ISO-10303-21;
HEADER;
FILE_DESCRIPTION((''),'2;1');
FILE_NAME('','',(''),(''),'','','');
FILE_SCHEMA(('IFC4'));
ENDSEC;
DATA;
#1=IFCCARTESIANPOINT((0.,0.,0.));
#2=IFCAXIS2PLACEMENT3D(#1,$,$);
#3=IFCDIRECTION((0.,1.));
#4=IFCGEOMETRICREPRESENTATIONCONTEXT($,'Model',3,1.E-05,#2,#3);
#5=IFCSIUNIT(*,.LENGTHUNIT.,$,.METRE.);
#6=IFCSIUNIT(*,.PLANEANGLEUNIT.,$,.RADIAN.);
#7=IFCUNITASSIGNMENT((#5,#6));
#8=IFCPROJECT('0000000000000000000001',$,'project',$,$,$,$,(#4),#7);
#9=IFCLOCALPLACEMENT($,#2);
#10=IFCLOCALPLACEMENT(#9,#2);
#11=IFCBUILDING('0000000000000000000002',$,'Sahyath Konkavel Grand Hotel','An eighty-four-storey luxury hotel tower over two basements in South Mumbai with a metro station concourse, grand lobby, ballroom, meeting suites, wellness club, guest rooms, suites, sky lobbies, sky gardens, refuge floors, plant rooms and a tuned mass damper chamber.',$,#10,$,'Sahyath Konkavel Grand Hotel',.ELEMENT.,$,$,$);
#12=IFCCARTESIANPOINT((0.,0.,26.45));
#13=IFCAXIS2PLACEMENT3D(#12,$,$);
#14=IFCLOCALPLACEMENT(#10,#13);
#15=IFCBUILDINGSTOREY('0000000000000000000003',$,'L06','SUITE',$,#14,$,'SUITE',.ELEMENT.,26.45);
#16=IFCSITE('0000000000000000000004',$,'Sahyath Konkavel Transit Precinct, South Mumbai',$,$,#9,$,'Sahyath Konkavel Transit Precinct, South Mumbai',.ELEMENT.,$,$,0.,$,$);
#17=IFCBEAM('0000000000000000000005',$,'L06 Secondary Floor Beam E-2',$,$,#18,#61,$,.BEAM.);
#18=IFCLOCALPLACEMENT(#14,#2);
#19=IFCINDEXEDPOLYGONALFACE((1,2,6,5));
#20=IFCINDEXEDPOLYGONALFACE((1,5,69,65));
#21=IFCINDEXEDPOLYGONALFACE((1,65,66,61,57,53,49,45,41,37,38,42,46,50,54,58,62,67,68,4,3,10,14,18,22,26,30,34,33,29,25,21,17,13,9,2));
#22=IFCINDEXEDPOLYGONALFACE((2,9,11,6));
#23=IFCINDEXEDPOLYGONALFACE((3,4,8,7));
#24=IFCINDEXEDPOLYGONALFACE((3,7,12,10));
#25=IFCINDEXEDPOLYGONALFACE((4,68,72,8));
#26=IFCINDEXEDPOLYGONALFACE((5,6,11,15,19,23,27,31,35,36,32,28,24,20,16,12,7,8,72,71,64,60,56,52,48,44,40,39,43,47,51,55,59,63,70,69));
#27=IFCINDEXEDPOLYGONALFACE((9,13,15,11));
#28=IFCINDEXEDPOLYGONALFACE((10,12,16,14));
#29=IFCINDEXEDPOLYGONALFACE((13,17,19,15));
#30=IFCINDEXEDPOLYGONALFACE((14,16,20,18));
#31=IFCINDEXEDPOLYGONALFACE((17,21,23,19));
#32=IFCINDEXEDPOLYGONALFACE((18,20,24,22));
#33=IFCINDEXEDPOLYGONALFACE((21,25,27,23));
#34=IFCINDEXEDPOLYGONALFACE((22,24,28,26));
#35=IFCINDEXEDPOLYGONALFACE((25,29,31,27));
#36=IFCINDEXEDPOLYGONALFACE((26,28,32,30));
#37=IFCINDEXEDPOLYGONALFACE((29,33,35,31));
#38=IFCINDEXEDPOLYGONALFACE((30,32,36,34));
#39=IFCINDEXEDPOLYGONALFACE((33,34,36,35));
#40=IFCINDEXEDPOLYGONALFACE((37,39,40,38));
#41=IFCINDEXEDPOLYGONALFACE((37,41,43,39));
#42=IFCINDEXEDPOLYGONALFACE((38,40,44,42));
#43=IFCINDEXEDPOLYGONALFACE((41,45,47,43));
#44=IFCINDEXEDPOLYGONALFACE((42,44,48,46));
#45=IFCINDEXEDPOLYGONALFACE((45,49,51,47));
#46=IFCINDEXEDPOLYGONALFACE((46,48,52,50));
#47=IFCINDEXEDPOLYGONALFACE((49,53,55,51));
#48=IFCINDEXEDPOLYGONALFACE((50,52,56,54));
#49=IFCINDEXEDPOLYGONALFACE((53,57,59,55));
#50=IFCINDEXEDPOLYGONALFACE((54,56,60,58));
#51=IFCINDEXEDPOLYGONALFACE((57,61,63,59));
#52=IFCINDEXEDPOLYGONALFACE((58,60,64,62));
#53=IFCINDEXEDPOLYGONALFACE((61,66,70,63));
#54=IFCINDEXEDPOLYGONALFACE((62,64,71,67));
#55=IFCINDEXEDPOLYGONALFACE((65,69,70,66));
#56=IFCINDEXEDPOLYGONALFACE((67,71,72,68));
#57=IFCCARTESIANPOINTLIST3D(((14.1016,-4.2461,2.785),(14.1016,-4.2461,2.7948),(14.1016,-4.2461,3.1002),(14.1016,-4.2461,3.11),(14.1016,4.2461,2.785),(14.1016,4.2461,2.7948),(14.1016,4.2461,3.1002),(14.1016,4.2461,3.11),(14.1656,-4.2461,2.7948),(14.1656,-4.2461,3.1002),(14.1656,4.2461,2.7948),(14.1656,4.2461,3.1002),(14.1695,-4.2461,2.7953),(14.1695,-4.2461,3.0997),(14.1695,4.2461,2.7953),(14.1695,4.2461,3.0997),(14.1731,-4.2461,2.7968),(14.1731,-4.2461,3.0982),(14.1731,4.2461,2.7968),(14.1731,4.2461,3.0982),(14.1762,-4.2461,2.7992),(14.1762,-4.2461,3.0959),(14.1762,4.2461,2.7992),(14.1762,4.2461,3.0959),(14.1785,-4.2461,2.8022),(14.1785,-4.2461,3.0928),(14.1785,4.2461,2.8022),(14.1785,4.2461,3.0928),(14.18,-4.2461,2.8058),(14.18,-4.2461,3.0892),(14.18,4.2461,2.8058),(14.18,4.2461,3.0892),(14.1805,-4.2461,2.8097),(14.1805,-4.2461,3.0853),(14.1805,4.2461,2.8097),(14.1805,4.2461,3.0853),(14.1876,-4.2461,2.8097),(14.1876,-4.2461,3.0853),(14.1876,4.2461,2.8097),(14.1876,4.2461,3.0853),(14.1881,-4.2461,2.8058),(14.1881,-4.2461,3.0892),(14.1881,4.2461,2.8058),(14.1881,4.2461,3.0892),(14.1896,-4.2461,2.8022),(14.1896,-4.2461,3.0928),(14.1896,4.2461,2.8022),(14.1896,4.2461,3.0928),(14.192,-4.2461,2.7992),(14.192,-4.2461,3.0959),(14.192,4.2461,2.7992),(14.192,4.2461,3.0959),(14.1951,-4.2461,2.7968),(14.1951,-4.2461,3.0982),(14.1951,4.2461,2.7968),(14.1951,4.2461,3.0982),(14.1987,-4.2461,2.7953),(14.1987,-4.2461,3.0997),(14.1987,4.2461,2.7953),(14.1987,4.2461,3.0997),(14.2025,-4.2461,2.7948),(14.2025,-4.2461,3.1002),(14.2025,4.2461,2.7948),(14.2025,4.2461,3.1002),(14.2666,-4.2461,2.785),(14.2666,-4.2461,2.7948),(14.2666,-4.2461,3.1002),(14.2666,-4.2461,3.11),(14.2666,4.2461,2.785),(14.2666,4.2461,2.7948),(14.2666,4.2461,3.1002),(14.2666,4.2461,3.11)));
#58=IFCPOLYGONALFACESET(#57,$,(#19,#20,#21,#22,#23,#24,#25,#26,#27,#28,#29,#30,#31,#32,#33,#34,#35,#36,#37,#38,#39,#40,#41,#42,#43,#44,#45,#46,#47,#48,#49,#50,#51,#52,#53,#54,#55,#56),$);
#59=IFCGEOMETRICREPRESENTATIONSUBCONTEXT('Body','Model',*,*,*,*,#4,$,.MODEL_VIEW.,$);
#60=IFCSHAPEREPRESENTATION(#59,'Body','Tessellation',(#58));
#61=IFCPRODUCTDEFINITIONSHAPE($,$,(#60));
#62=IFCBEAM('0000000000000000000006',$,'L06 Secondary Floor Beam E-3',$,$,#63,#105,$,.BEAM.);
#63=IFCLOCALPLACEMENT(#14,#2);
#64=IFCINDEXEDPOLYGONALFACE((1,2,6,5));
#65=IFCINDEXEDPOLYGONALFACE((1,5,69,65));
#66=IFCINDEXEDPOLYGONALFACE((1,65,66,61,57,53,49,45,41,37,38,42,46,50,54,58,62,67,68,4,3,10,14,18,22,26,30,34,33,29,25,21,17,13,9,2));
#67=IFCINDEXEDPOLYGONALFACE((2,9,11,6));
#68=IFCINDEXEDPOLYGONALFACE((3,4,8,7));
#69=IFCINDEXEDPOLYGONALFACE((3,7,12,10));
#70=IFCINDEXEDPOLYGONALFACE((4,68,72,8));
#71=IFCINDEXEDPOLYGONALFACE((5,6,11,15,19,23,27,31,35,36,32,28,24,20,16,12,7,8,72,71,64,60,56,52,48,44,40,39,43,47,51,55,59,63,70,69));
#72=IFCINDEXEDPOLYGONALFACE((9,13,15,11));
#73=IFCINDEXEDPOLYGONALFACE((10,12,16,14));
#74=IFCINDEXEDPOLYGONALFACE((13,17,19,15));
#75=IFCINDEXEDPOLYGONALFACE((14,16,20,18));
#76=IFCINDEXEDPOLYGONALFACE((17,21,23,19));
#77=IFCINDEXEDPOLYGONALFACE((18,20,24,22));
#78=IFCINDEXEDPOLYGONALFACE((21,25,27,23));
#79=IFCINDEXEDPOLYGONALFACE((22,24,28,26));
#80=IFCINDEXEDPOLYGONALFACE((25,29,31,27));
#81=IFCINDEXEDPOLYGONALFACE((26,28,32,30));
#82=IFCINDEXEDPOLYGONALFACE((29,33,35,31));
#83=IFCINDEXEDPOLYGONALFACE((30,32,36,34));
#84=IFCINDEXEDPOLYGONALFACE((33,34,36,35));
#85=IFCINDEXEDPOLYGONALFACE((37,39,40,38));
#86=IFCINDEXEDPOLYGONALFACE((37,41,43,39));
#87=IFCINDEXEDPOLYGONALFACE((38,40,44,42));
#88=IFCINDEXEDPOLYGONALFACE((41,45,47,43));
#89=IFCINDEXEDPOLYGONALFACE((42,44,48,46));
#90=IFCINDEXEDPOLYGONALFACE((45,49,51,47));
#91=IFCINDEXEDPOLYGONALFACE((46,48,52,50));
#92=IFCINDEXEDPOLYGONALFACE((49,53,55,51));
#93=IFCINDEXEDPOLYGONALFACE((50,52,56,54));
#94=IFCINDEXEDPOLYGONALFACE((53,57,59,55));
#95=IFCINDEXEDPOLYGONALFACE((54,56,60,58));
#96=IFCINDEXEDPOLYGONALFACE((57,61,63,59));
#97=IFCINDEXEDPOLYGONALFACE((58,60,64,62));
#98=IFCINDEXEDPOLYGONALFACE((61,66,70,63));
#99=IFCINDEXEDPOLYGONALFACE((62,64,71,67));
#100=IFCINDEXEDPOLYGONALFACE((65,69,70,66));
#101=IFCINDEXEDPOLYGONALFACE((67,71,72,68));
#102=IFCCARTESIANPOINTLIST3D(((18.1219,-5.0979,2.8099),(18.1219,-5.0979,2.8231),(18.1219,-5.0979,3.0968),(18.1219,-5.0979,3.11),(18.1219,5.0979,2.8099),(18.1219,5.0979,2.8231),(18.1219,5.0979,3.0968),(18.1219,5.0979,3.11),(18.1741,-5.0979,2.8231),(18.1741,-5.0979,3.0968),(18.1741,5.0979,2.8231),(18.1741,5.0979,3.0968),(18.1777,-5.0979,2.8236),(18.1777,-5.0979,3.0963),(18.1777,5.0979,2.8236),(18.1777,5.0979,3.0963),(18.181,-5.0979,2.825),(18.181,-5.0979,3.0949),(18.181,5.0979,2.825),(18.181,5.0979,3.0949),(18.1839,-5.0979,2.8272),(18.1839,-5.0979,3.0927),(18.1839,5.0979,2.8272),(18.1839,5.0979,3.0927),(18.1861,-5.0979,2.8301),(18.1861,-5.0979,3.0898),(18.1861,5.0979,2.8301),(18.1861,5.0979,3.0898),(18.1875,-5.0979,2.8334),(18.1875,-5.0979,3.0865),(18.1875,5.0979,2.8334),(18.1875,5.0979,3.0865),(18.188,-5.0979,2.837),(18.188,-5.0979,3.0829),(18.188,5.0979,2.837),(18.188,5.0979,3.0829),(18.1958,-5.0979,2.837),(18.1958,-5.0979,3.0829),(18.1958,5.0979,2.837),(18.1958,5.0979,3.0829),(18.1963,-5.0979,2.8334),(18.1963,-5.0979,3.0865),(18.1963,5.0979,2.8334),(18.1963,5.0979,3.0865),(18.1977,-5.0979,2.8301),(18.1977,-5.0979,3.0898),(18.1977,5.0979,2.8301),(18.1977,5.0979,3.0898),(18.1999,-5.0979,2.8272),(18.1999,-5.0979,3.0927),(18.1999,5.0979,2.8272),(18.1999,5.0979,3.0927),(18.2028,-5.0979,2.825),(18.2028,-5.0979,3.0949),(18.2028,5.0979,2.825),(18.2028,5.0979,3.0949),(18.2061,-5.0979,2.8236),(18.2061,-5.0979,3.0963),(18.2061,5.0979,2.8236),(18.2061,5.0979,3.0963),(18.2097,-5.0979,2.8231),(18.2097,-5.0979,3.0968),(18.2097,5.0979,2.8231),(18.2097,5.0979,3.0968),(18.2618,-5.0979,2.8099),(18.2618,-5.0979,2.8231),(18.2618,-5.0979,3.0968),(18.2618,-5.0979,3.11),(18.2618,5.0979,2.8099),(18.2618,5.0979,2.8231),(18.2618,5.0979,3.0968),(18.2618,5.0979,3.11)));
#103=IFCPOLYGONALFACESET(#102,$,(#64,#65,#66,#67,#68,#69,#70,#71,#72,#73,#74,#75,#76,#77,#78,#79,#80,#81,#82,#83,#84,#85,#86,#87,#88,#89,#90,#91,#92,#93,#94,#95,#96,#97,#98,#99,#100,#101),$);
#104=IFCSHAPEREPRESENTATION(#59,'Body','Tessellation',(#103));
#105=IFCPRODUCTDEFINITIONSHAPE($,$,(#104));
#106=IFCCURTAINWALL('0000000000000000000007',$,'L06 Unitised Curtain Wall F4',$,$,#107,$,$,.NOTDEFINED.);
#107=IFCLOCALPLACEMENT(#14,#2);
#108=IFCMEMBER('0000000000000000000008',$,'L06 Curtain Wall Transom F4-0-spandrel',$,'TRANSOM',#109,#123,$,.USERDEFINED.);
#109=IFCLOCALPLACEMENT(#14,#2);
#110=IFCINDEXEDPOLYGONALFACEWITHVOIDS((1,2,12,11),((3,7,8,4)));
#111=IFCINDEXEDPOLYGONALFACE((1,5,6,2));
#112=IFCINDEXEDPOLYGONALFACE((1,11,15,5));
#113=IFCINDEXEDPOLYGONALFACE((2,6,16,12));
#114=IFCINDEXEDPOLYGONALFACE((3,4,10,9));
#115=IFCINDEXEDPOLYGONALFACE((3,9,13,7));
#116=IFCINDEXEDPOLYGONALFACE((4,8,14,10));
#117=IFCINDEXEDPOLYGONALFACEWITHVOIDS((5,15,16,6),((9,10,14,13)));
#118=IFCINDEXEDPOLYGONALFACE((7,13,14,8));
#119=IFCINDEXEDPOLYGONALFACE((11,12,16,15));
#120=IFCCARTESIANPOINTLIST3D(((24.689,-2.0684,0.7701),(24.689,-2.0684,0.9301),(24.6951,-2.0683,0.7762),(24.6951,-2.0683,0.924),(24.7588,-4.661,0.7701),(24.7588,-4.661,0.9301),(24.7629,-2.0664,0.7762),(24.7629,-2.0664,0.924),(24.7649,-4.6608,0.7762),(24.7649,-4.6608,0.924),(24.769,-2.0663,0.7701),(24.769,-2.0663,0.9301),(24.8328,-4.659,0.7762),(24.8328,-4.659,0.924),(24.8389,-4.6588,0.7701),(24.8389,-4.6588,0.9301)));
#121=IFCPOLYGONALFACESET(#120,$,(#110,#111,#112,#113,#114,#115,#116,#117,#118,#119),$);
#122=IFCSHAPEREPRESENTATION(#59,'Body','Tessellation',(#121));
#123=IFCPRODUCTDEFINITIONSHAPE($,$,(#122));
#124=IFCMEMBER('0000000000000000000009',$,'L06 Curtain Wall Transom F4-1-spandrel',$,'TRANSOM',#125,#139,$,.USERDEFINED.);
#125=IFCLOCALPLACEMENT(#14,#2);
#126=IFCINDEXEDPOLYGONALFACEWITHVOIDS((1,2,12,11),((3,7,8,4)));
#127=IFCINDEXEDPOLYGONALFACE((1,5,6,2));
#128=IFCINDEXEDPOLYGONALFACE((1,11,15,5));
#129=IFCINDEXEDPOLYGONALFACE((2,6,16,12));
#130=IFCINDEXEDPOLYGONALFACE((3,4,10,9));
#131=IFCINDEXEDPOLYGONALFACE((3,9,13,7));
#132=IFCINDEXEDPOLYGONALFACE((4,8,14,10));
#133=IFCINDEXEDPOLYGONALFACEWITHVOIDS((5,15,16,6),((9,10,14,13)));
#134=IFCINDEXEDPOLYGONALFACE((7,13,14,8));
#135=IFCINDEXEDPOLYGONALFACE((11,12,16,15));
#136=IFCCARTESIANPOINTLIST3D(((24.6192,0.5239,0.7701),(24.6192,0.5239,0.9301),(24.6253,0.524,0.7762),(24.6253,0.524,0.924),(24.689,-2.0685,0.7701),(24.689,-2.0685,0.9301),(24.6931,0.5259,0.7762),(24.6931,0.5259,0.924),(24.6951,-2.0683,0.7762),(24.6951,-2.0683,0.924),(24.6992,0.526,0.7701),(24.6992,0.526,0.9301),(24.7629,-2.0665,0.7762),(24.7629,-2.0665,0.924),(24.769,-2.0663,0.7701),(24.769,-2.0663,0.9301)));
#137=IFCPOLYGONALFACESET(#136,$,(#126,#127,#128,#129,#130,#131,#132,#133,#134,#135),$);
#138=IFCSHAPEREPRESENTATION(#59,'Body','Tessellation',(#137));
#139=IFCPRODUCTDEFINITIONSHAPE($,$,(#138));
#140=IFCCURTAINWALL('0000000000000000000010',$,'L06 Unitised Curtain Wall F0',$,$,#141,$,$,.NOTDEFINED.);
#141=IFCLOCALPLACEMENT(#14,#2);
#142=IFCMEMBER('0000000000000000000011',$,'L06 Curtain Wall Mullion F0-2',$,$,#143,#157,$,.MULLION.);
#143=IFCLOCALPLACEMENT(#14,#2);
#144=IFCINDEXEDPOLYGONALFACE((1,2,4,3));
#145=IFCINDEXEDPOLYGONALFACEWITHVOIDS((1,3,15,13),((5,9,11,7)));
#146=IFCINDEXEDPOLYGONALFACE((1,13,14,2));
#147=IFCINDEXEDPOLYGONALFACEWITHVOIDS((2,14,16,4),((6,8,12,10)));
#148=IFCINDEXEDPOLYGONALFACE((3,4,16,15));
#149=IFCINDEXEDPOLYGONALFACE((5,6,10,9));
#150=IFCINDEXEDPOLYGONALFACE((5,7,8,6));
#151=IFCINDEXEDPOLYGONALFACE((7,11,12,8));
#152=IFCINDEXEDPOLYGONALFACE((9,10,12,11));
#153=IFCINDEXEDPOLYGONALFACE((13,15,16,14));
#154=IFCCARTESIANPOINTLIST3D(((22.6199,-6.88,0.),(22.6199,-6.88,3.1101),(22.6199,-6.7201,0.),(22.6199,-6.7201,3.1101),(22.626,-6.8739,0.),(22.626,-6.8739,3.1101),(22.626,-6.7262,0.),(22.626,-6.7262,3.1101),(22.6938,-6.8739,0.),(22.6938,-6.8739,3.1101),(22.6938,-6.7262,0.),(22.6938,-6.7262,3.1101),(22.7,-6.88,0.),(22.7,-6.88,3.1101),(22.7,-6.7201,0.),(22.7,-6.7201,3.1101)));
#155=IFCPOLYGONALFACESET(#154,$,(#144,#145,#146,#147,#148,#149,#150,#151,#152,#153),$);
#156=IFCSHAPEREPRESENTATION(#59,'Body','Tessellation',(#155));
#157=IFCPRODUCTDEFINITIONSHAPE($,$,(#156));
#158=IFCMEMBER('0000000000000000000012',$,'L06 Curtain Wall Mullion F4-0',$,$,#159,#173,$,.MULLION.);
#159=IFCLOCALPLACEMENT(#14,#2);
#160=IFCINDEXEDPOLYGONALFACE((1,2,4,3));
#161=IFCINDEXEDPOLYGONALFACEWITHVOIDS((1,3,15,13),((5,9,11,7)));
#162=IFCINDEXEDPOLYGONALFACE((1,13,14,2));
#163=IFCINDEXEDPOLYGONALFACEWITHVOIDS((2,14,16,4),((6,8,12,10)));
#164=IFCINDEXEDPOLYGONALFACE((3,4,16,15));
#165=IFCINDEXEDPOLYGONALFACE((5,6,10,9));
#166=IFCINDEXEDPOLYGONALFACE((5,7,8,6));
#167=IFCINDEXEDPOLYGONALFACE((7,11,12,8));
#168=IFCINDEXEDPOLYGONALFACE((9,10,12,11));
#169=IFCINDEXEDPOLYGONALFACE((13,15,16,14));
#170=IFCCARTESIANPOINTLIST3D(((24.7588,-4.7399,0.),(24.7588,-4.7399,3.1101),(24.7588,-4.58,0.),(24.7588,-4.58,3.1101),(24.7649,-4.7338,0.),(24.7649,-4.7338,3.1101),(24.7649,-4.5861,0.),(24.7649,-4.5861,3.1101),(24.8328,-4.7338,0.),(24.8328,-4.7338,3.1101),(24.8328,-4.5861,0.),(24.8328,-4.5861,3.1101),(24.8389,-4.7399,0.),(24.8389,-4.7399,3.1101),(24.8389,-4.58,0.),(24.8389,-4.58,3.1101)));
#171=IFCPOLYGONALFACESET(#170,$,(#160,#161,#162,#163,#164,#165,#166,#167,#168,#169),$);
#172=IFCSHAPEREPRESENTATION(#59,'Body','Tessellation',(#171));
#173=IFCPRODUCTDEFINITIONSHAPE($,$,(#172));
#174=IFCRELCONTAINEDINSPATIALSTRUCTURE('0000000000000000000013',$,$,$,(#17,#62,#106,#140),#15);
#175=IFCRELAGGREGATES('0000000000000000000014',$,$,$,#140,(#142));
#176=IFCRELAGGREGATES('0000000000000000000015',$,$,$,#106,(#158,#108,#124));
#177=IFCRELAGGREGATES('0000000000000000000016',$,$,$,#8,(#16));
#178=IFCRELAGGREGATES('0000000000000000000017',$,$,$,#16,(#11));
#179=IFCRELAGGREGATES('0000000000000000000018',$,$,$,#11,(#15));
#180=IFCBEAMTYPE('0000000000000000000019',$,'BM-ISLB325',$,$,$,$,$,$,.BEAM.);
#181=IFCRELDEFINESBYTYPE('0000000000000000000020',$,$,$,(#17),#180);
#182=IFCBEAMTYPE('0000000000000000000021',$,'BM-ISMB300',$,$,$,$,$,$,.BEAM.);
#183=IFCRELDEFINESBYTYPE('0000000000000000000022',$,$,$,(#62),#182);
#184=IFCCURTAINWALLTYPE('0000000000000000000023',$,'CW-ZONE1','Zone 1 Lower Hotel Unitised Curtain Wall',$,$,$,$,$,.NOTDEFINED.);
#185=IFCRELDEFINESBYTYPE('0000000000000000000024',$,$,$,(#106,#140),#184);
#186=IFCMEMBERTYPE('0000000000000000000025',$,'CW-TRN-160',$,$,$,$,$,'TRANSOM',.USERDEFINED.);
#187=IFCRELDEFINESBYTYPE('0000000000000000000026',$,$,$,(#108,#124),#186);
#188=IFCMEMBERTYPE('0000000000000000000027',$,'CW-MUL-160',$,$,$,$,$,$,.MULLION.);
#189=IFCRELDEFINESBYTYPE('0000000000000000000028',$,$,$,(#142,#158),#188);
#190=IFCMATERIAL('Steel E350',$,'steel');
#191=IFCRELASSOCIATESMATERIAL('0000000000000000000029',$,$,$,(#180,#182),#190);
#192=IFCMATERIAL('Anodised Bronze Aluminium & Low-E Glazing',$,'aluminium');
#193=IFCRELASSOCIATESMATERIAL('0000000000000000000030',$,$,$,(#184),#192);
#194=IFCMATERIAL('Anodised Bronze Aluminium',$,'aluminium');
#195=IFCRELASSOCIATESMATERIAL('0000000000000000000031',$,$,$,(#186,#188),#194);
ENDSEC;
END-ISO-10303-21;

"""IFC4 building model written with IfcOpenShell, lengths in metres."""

from ifc_helpers import new_model, si_unit, direction, frame, origin, origin_2d, place, context, subcontext, project, spatial, hollow_rectangle, i_section, extrude, source, transform, mapped, material, material_profile, profile_set, type_object, element, aggregate, save


model = new_model("IFC4")

# Units and contexts
model_context = context("Model", 3, precision=1e-05, world=origin(), true_north=direction((0.0, 1.0)))
body_context = subcontext(model_context, "Body", "Model", "MODEL_VIEW")
ifc_project = project(units=[si_unit("LENGTHUNIT", "METRE"), si_unit("PLANEANGLEUNIT", "RADIAN")], contexts=[model_context])

# Site, building, storey
site_placement = place(None, origin())
site = spatial("IfcSite", under=ifc_project, at=site_placement, Name="Sahyath Konkavel Transit Precinct, South Mumbai", LongName="Sahyath Konkavel Transit Precinct, South Mumbai", CompositionType="ELEMENT", RefElevation=0.0)
building_placement = place(site_placement, origin())
building = spatial("IfcBuilding", under=site, at=building_placement, Name="Sahyath Konkavel Grand Hotel", Description="An eighty-four-storey luxury hotel tower over two basements in South Mumbai with a metro station concourse, grand lobby, ballroom, meeting suites, wellness club, guest rooms, suites, sky lobbies, sky gardens, refuge floors, plant rooms and a tuned mass damper chamber.", LongName="Sahyath Konkavel Grand Hotel", CompositionType="ELEMENT")
storey_placement = place(building_placement, frame((0.0, 0.0, 26.45)))
storey = spatial("IfcBuildingStorey", under=building, at=storey_placement, Name="L06", Description="SUITE", LongName="SUITE", CompositionType="ELEMENT", Elevation=26.45)

# Beams
ifc_material_1 = material(Name="Steel E350", Category="steel")
ifc_material_profile_1 = material_profile(ifc_material_1, i_section(OverallWidth=0.165, OverallDepth=0.325, WebThickness=0.0071, FlangeThickness=0.0098, FilletRadius=0.0149, at=origin_2d()), Name="ISLB 325")
ifc_profile_set_1 = profile_set([ifc_material_profile_1], Name="Steel E350")
beam_type_1 = type_object("IfcBeamType", Name="BM-ISLB325", PredefinedType="BEAM", material=ifc_profile_set_1)
shared_shape_1 = source(origin(), body_context, "Body", "SweptSolid", [
    extrude(i_section(OverallWidth=0.165, OverallDepth=0.325, WebThickness=0.0071, FlangeThickness=0.0098, FilletRadius=0.0149, at=origin_2d()), origin(), (0.0, 0.0, 1.0), 8.4922),
])
beam_1_placement = place(storey_placement, frame((14.1841, -4.2461, 2.9475), z_axis=(0.0, 1.0, 0.0), x_axis=(-1.0, 0.0, 0.0)))
element("IfcBeam", 1, at=beam_1_placement, inside=storey, type_object=beam_type_1, Name="L06 Secondary Floor Beam E-2", PredefinedType="BEAM", context=body_context, shape_type="MappedRepresentation", body=[
    mapped(shared_shape_1, transform((0.0, 0.0, 0.0), scale=1.0)),
])
ifc_material_profile_2 = material_profile(ifc_material_1, i_section(OverallWidth=0.1399, OverallDepth=0.3, WebThickness=0.0078, FlangeThickness=0.0132, FilletRadius=0.0139, at=origin_2d()), Name="ISMB 300")
ifc_profile_set_2 = profile_set([ifc_material_profile_2], Name="Steel E350")
beam_type_2 = type_object("IfcBeamType", Name="BM-ISMB300", PredefinedType="BEAM", material=ifc_profile_set_2)
shared_shape_2 = source(origin(), body_context, "Body", "SweptSolid", [
    extrude(i_section(OverallWidth=0.1399, OverallDepth=0.3, WebThickness=0.0078, FlangeThickness=0.0132, FilletRadius=0.0139, at=origin_2d()), origin(), (0.0, 0.0, 1.0), 10.1958),
])
beam_2_placement = place(storey_placement, frame((18.1919, -5.0979, 2.96), z_axis=(0.0, 1.0, 0.0), x_axis=(-1.0, 0.0, 0.0)))
element("IfcBeam", 2, at=beam_2_placement, inside=storey, type_object=beam_type_2, Name="L06 Secondary Floor Beam E-3", PredefinedType="BEAM", context=body_context, shape_type="MappedRepresentation", body=[
    mapped(shared_shape_2, transform((0.0, 0.0, 0.0), scale=1.0)),
])

# Curtain wall, members
ifc_material_2 = material(Name="Anodised Bronze Aluminium & Low-E Glazing", Category="aluminium")
curtain_wall_type = type_object("IfcCurtainWallType", Name="CW-ZONE1", Description="Zone 1 Lower Hotel Unitised Curtain Wall", PredefinedType="NOTDEFINED", material=ifc_material_2)
curtain_wall_1_placement = place(storey_placement, origin())
curtain_wall_1 = element("IfcCurtainWall", 3, at=curtain_wall_1_placement, inside=storey, type_object=curtain_wall_type, Name="L06 Unitised Curtain Wall F4", PredefinedType="NOTDEFINED")
ifc_material_3 = material(Name="Anodised Bronze Aluminium", Category="aluminium")
ifc_material_profile_3 = material_profile(ifc_material_3, hollow_rectangle(XDim=0.0801, YDim=0.1599, WallThickness=0.0061, at=origin_2d()), Name="RHS 160x80x6")
ifc_profile_set_3 = profile_set([ifc_material_profile_3], Name="Anodised Bronze Aluminium")
member_type_1 = type_object("IfcMemberType", Name="CW-TRN-160", ElementType="TRANSOM", PredefinedType="USERDEFINED", material=ifc_profile_set_3)
shared_shape_3 = source(origin(), body_context, "Body", "SweptSolid", [
    extrude(hollow_rectangle(XDim=0.0801, YDim=0.1599, WallThickness=0.0061, at=origin_2d()), origin(), (0.0, 0.0, 1.0), 2.5935),
])
member_1_placement = place(storey_placement, frame((24.7988, -4.6599, 0.8501), z_axis=(-0.026923, 0.999638, 0.0), x_axis=(-0.999638, -0.026923, 0.0)))
member_1 = element("IfcMember", 4, at=member_1_placement, type_object=member_type_1, Name="L06 Curtain Wall Transom F4-0-spandrel", ObjectType="TRANSOM", PredefinedType="USERDEFINED", context=body_context, shape_type="MappedRepresentation", body=[
    mapped(shared_shape_3, transform((0.0, 0.0, 0.0), scale=1.0)),
])
shared_shape_4 = source(origin(), body_context, "Body", "SweptSolid", [
    extrude(hollow_rectangle(XDim=0.0801, YDim=0.1599, WallThickness=0.0061, at=origin_2d()), origin(), (0.0, 0.0, 1.0), 2.5933),
])
member_2_placement = place(storey_placement, frame((24.729, -2.0674, 0.8501), z_axis=(-0.026926, 0.999637, 0.0), x_axis=(-0.999637, -0.026926, 0.0)))
member_2 = element("IfcMember", 5, at=member_2_placement, type_object=member_type_1, Name="L06 Curtain Wall Transom F4-1-spandrel", ObjectType="TRANSOM", PredefinedType="USERDEFINED", context=body_context, shape_type="MappedRepresentation", body=[
    mapped(shared_shape_4, transform((0.0, 0.0, 0.0), scale=1.0)),
])

# Curtain wall, member
curtain_wall_2_placement = place(storey_placement, origin())
curtain_wall_2 = element("IfcCurtainWall", 6, at=curtain_wall_2_placement, inside=storey, type_object=curtain_wall_type, Name="L06 Unitised Curtain Wall F0", PredefinedType="NOTDEFINED")
ifc_material_profile_4 = material_profile(ifc_material_3, hollow_rectangle(XDim=0.0801, YDim=0.1599, WallThickness=0.0061, at=origin_2d()), Name="RHS 160x80x6")
ifc_profile_set_4 = profile_set([ifc_material_profile_4], Name="Anodised Bronze Aluminium")
member_type_2 = type_object("IfcMemberType", Name="CW-MUL-160", PredefinedType="MULLION", material=ifc_profile_set_4)
shared_shape_5 = source(origin(), body_context, "Body", "SweptSolid", [
    extrude(hollow_rectangle(XDim=0.0801, YDim=0.1599, WallThickness=0.0061, at=origin_2d()), origin(), (0.0, 0.0, 1.0), 3.1101),
])
member_3_placement = place(storey_placement, frame((22.6599, -6.8, 0.0), z_axis=(0.0, 0.0, 1.0), x_axis=(1.0, 0.0, 0.0)))
member_3 = element("IfcMember", 7, at=member_3_placement, type_object=member_type_2, Name="L06 Curtain Wall Mullion F0-2", PredefinedType="MULLION", context=body_context, shape_type="MappedRepresentation", body=[
    mapped(shared_shape_5, transform((0.0, 0.0, 0.0), scale=1.0)),
])
aggregate(curtain_wall_2, [member_3])

# Member
member_4_placement = place(storey_placement, frame((24.7988, -4.6599, 0.0), z_axis=(0.0, 0.0, 1.0), x_axis=(1.0, 0.0, 0.0)))
member_4 = element("IfcMember", 8, at=member_4_placement, type_object=member_type_2, Name="L06 Curtain Wall Mullion F4-0", PredefinedType="MULLION", context=body_context, shape_type="MappedRepresentation", body=[
    mapped(shared_shape_5, transform((0.0, 0.0, 0.0), scale=1.0)),
])

aggregate(curtain_wall_1, [member_4, member_1, member_2])

save(model, "model.ifc")
